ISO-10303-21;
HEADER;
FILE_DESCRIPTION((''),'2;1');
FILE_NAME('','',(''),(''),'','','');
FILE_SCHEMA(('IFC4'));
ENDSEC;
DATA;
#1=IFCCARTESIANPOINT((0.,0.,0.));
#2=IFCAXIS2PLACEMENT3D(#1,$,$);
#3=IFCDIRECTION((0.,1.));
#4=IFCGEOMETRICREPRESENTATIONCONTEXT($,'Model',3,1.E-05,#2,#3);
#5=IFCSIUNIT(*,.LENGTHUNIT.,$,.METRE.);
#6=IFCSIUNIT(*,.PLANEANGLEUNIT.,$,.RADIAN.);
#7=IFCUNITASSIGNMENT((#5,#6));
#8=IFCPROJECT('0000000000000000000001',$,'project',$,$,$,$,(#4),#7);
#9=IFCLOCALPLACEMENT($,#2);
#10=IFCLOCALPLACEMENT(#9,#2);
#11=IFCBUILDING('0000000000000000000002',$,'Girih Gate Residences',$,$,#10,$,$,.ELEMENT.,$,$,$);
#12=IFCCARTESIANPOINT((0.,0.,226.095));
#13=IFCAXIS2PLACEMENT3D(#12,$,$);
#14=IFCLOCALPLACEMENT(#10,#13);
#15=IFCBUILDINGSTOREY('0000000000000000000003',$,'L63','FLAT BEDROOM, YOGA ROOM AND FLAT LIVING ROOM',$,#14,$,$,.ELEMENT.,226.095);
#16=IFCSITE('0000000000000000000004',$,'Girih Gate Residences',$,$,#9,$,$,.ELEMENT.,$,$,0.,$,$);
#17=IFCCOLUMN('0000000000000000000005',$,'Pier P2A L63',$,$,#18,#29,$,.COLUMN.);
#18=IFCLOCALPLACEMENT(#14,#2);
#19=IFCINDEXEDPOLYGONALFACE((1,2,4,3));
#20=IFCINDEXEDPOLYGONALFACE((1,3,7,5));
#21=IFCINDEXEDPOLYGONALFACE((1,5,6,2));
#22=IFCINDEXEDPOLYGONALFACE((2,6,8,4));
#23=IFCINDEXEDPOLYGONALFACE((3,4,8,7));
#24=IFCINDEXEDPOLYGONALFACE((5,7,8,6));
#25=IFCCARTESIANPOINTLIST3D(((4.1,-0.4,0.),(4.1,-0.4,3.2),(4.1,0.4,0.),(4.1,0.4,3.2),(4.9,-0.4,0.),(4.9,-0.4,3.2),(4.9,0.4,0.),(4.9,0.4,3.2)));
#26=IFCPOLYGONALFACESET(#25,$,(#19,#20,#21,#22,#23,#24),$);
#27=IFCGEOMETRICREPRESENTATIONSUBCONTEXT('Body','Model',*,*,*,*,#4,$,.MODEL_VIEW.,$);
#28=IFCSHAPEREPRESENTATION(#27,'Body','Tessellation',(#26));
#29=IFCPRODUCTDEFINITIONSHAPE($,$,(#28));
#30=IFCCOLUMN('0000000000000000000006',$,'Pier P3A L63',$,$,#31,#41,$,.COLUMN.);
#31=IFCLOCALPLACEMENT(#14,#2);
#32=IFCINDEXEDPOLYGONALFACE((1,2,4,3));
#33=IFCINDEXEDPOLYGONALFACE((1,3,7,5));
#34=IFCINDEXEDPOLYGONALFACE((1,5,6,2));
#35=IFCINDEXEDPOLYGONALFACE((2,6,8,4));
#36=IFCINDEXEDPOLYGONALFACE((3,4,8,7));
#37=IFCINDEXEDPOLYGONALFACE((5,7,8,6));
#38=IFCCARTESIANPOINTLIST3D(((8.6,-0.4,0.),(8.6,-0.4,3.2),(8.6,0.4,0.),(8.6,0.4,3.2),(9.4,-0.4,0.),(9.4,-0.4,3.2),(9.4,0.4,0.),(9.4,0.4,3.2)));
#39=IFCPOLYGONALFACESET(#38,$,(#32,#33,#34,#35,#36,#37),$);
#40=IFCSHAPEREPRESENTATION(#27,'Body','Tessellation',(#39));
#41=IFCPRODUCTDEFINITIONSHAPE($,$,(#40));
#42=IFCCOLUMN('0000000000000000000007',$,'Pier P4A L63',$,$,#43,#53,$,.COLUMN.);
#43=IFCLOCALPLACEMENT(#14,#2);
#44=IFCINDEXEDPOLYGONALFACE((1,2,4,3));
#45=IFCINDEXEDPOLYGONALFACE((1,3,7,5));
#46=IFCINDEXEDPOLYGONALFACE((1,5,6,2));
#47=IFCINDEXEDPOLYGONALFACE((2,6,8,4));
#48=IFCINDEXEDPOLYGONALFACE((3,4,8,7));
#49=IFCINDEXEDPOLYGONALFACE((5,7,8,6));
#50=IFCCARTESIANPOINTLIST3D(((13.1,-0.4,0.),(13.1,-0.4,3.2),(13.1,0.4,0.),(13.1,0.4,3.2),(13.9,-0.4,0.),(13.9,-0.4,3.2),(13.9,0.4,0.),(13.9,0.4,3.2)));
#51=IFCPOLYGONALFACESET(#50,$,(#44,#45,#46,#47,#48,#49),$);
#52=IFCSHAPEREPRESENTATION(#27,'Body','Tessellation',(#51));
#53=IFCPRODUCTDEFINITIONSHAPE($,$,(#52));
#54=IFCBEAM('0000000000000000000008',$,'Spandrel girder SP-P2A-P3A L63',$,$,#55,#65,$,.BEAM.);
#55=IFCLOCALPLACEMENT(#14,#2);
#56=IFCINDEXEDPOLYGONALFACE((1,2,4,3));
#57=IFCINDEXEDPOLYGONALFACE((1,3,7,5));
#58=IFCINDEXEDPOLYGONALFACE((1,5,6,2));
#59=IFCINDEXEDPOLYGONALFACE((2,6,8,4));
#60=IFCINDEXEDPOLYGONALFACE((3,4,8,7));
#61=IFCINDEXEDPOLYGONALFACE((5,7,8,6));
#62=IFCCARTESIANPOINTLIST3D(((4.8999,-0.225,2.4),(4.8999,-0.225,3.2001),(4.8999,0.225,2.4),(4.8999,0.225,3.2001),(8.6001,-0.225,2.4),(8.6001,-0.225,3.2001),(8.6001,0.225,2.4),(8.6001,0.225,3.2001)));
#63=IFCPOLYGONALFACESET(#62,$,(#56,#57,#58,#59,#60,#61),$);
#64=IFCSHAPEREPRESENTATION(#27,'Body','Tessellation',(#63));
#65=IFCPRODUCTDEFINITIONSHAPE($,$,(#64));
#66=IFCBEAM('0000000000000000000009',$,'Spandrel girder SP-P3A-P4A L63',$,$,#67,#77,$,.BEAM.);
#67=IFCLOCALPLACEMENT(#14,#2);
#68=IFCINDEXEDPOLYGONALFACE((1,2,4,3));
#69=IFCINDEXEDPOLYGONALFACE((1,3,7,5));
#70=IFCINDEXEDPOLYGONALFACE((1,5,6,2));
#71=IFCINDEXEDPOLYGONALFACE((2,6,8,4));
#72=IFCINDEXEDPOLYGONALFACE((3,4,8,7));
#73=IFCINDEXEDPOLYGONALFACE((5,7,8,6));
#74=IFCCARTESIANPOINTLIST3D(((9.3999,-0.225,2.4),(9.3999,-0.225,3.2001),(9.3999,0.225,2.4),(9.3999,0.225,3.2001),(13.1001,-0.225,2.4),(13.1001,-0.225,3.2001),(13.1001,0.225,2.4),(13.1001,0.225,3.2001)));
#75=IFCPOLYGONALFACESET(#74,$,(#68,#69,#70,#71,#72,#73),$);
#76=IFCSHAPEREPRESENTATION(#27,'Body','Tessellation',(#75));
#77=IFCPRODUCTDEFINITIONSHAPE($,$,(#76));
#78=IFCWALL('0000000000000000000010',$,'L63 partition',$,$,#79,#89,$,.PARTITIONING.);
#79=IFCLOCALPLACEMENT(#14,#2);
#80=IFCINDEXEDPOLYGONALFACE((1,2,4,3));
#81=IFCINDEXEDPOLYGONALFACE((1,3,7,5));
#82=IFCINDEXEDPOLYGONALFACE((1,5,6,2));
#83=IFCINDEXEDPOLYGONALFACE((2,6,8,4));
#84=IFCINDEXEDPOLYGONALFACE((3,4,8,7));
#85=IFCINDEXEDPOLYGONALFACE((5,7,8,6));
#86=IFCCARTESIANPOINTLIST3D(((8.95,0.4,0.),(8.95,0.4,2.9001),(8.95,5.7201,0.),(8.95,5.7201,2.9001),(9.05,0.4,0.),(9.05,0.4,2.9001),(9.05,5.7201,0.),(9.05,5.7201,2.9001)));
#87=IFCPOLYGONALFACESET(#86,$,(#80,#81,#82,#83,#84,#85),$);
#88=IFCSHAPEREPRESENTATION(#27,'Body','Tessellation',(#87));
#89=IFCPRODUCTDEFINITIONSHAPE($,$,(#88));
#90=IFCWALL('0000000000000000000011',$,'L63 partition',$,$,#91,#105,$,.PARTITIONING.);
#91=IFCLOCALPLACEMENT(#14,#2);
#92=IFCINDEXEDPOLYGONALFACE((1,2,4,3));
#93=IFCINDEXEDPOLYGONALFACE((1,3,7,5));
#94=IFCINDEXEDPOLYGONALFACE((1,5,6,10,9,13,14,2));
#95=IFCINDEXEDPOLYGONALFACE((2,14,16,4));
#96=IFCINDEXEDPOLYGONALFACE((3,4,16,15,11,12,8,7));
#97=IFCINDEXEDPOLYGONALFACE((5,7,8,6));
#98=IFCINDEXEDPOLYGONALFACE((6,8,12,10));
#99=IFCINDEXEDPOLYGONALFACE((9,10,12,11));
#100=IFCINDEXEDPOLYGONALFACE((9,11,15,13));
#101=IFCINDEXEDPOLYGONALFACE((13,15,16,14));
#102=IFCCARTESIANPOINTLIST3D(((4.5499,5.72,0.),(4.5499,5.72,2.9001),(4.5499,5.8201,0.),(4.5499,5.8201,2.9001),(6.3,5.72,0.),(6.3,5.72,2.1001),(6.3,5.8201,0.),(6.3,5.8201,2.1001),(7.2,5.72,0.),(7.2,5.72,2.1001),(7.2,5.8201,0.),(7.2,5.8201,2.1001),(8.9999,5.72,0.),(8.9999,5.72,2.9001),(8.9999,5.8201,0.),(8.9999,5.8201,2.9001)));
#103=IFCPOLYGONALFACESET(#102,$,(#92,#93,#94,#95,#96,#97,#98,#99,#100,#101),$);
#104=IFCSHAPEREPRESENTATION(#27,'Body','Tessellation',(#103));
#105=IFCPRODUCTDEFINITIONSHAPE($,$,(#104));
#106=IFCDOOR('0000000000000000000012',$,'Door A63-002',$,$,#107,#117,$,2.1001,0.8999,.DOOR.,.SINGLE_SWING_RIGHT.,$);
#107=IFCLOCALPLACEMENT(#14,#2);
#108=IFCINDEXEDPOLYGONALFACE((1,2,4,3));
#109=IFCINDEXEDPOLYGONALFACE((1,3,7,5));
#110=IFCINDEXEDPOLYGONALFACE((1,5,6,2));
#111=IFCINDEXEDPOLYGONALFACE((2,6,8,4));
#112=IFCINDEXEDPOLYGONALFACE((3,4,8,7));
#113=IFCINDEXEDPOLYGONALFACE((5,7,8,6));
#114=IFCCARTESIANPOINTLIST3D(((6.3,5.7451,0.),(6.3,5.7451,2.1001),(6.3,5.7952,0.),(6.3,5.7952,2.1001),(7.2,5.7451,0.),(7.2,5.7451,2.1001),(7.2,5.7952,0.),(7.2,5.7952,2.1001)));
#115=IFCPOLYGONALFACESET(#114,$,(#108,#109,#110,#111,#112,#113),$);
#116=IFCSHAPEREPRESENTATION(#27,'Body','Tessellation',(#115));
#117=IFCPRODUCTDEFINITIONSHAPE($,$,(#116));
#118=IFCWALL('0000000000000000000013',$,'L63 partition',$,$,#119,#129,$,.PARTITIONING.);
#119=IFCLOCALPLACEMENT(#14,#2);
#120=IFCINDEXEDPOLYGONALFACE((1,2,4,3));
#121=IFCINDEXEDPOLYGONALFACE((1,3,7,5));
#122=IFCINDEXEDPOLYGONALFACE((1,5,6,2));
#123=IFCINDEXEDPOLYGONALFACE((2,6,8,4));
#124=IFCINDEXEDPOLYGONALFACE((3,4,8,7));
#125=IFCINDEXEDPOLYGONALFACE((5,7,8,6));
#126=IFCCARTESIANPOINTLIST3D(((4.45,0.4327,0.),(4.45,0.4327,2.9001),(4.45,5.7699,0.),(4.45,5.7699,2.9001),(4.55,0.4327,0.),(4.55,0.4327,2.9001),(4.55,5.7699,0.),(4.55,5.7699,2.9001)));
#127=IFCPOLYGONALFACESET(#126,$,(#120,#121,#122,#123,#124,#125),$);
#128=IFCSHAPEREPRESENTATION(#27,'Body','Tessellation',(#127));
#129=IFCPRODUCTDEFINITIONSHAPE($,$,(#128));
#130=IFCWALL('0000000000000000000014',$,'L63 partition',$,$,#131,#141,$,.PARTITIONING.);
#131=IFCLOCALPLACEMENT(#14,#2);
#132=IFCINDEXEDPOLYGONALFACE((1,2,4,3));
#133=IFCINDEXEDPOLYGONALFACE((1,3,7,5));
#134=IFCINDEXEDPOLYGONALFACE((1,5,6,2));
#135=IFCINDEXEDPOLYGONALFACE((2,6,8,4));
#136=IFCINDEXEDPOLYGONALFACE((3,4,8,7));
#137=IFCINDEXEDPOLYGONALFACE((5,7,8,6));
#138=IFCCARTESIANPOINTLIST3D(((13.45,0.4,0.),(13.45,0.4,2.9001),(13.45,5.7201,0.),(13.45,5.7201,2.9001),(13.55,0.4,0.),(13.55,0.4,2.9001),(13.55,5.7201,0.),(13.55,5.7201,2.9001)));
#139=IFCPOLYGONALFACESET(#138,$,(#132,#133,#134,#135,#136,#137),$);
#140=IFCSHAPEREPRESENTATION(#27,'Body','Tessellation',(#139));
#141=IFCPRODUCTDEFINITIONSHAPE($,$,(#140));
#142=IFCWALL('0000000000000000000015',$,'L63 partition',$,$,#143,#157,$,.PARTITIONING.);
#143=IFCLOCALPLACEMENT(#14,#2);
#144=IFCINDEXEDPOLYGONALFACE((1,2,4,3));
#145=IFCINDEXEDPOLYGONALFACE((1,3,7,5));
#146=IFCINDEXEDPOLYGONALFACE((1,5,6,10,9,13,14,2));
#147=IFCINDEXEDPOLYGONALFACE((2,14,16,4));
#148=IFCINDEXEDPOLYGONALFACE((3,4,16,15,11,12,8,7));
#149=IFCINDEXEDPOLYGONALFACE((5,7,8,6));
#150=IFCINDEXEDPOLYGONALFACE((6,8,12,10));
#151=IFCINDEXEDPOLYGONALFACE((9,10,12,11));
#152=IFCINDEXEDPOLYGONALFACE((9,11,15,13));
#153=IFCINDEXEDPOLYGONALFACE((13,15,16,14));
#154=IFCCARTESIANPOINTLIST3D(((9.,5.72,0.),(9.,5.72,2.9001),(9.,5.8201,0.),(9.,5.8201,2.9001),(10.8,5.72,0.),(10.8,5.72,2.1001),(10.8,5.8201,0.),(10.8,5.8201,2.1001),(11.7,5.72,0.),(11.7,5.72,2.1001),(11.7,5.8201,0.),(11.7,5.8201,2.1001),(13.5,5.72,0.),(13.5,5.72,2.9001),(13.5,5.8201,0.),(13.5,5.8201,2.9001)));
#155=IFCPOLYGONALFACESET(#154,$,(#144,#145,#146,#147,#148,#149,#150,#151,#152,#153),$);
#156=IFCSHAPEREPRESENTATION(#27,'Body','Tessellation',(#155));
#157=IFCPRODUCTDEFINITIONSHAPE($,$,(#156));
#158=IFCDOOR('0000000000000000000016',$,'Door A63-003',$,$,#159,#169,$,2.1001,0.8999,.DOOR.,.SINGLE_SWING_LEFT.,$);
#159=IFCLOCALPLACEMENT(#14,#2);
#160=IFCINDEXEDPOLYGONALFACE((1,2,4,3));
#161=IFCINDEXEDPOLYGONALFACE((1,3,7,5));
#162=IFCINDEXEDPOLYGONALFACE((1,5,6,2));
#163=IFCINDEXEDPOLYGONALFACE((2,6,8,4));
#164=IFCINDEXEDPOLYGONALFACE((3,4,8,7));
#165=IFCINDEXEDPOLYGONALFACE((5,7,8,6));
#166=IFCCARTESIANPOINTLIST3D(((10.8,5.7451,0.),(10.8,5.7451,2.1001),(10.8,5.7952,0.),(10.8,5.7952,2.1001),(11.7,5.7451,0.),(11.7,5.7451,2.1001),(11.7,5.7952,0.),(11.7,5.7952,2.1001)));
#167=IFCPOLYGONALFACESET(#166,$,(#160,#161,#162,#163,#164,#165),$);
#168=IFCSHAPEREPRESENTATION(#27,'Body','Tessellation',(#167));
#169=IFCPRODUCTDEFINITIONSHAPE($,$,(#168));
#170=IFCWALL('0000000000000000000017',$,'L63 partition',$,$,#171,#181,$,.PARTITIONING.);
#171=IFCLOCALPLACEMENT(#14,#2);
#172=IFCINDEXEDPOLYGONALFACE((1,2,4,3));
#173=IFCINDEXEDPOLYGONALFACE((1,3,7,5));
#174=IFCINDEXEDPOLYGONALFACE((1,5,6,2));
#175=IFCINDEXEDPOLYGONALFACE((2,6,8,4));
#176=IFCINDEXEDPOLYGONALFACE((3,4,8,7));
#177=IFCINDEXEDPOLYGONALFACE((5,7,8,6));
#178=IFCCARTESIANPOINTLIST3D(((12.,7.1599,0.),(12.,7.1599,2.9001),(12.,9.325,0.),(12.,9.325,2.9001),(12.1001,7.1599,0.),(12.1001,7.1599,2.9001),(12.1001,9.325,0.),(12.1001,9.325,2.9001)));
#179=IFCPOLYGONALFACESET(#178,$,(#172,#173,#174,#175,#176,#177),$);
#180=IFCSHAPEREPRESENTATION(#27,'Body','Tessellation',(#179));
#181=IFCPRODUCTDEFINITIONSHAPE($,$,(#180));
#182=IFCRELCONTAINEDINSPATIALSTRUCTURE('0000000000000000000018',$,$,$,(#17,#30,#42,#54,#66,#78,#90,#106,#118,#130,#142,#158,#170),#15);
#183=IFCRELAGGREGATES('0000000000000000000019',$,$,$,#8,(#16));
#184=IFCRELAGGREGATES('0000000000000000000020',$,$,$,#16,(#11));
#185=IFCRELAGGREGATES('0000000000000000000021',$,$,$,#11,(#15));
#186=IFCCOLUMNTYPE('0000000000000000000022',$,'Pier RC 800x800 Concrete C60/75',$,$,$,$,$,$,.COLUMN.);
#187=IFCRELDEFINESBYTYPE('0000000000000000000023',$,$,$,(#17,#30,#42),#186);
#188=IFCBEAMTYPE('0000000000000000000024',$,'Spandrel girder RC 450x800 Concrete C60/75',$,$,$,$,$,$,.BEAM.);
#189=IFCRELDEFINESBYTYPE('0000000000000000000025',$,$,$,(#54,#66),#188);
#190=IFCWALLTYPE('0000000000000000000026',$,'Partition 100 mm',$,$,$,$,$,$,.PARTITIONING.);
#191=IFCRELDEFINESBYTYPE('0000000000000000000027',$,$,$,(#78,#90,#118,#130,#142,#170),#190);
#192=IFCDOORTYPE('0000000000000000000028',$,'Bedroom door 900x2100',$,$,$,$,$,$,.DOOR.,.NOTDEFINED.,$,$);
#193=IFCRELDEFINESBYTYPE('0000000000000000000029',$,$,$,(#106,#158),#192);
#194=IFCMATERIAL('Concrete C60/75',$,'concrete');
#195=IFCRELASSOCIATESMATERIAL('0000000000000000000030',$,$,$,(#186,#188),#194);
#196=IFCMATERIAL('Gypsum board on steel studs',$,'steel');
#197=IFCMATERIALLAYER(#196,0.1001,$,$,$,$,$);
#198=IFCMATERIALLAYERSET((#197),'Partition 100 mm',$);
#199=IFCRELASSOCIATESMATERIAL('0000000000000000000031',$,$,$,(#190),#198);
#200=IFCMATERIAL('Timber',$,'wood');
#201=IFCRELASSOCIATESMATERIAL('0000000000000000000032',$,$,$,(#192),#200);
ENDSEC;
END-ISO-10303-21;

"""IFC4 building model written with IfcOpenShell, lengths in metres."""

from ifc_helpers import new_model, si_unit, direction, frame, frame_2d, origin, origin_2d, place, context, subcontext, project, spatial, rectangle, extrude, material, layer, layer_set, material_profile, profile_set, type_object, element, fill, save


model = new_model("IFC4")

# Units and contexts
model_context = context("Model", 3, precision=1e-05, world=origin(), true_north=direction((0.0, 1.0)))
body_context = subcontext(model_context, "Body", "Model", "MODEL_VIEW")
ifc_project = project(units=[si_unit("LENGTHUNIT", "METRE"), si_unit("PLANEANGLEUNIT", "RADIAN")], contexts=[model_context])

# Site, building, storey
site_placement = place(None, origin())
site = spatial("IfcSite", under=ifc_project, at=site_placement, Name="Girih Gate Residences", CompositionType="ELEMENT", RefElevation=0.0)
building_placement = place(site_placement, origin())
building = spatial("IfcBuilding", under=site, at=building_placement, Name="Girih Gate Residences", CompositionType="ELEMENT")
storey_placement = place(building_placement, frame((0.0, 0.0, 226.095)))
storey = spatial("IfcBuildingStorey", under=building, at=storey_placement, Name="L63", Description="FLAT BEDROOM, YOGA ROOM AND FLAT LIVING ROOM", CompositionType="ELEMENT", Elevation=226.095)

# Columns
ifc_material_1 = material(Name="Concrete C60/75", Category="concrete")
ifc_material_profile_1 = material_profile(ifc_material_1, rectangle(XDim=0.8, YDim=0.8, at=origin_2d()))
ifc_profile_set_1 = profile_set([ifc_material_profile_1], Name="Concrete C60/75")
column_type = type_object("IfcColumnType", Name="Pier RC 800x800 Concrete C60/75", PredefinedType="COLUMN", material=ifc_profile_set_1)
for number, where, z_axis, x_axis, name in (
    (1, (4.5, 0.0, 0.0), (0.0, 0.0, 1.0), (1.0, 0.0, 0.0), "Pier P2A L63"),
    (2, (9.0, 0.0, 0.0), (0.0, 0.0, 1.0), (1.0, 0.0, 0.0), "Pier P3A L63"),
    (3, (13.5, 0.0, 0.0), (0.0, 0.0, 1.0), (1.0, 0.0, 0.0), "Pier P4A L63"),
):
    element("IfcColumn", number, at=place(storey_placement, frame(where, z_axis=z_axis, x_axis=x_axis)), inside=storey, type_object=column_type, Name=name, PredefinedType="COLUMN", context=body_context, shape_type="SweptSolid", body=[
        extrude(rectangle(XDim=0.8, YDim=0.8, at=origin_2d()), origin(), (0.0, 0.0, 1.0), 3.2),
    ])

# Beams
ifc_material_profile_2 = material_profile(ifc_material_1, rectangle(XDim=0.45, YDim=0.8, at=origin_2d()))
ifc_profile_set_2 = profile_set([ifc_material_profile_2], Name="Concrete C60/75")
beam_type = type_object("IfcBeamType", Name="Spandrel girder RC 450x800 Concrete C60/75", PredefinedType="BEAM", material=ifc_profile_set_2)
for number, where, z_axis, x_axis, name in (
    (4, (4.8999, 0.0, 2.8), (1.0, 0.0, 0.0), (0.0, 1.0, 0.0), "Spandrel girder SP-P2A-P3A L63"),
    (5, (9.3999, 0.0, 2.8), (1.0, 0.0, 0.0), (0.0, 1.0, 0.0), "Spandrel girder SP-P3A-P4A L63"),
):
    element("IfcBeam", number, at=place(storey_placement, frame(where, z_axis=z_axis, x_axis=x_axis)), inside=storey, type_object=beam_type, Name=name, PredefinedType="BEAM", context=body_context, shape_type="SweptSolid", body=[
        extrude(rectangle(XDim=0.45, YDim=0.8, at=origin_2d()), origin(), (0.0, 0.0, 1.0), 3.7002),
    ])

# Wall
ifc_material_2 = material(Name="Gypsum board on steel studs", Category="steel")
ifc_layer_1 = layer(ifc_material_2, 0.1001)
ifc_layer_set_1 = layer_set([ifc_layer_1], Name="Partition 100 mm")
wall_type_1 = type_object("IfcWallType", Name="Partition 100 mm", PredefinedType="PARTITIONING", material=ifc_layer_set_1)
wall_1_placement = place(storey_placement, frame((9.0, 0.3999, 0.0), z_axis=(0.0, 0.0, 1.0), x_axis=(0.0, 1.0, 0.0)))
element("IfcWall", 6, at=wall_1_placement, inside=storey, type_object=wall_type_1, Name="L63 partition", PredefinedType="PARTITIONING", context=body_context, shape_type="SweptSolid", body=[
    extrude(rectangle(XDim=5.3201, YDim=0.1001, at=frame_2d((2.6602, 0.0))), origin(), (0.0, 0.0, 1.0), 2.9001),
])

# Wall, opening, door
wall_2_placement = place(storey_placement, frame((9.0, 5.77, 0.0), z_axis=(0.0, 0.0, 1.0), x_axis=(-1.0, 0.0, 0.0)))
wall_2 = element("IfcWall", 7, at=wall_2_placement, inside=storey, type_object=wall_type_1, Name="L63 partition", PredefinedType="PARTITIONING", context=body_context, shape_type="SweptSolid", body=[
    extrude(rectangle(XDim=4.45, YDim=0.1001, at=frame_2d((2.2251, 0.0))), origin(), (0.0, 0.0, 1.0), 2.9001),
])
opening_1_placement = place(wall_2_placement, frame((1.8, 0.0, 0.0)))
opening_1 = element("IfcOpeningElement", 8, at=opening_1_placement, cuts=wall_2, PredefinedType="OPENING", context=body_context, shape_type="SweptSolid", body=[
    extrude(rectangle(XDim=0.8999, YDim=2.1001, at=frame_2d((0.45, 1.05))), frame((0.0, 0.0601, 0.0), z_axis=(0.0, -1.0, 0.0), x_axis=(1.0, 0.0, 0.0)), (0.0, 0.0, 1.0), 0.1201),
])
ifc_material_3 = material(Name="Timber", Category="wood")
door_type_1 = type_object("IfcDoorType", Name="Bedroom door 900x2100", OperationType="NOTDEFINED", PredefinedType="DOOR", material=ifc_material_3)
door_1_placement = place(opening_1_placement, origin())
door_1 = element("IfcDoor", 9, at=door_1_placement, inside=storey, type_object=door_type_1, Name="Door A63-002", OperationType="SINGLE_SWING_RIGHT", OverallHeight=2.1001, OverallWidth=0.8999, PredefinedType="DOOR", context=body_context, shape_type="SweptSolid", body=[
    extrude(rectangle(XDim=0.8999, YDim=2.1001, at=frame_2d((0.45, 1.05))), frame((0.0, 0.0249, 0.0), z_axis=(0.0, -1.0, 0.0), x_axis=(1.0, 0.0, 0.0)), (0.0, 0.0, 1.0), 0.05),
])
fill(opening_1, door_1)

# Walls
wall_3_placement = place(storey_placement, frame((4.5, 0.4329, 0.0), z_axis=(0.0, 0.0, 1.0), x_axis=(0.0, 1.0, 0.0)))
element("IfcWall", 10, at=wall_3_placement, inside=storey, type_object=wall_type_1, Name="L63 partition", PredefinedType="PARTITIONING", context=body_context, shape_type="SweptSolid", body=[
    extrude(rectangle(XDim=5.3372, YDim=0.1001, at=frame_2d((2.6685, 0.0))), origin(), (0.0, 0.0, 1.0), 2.9001),
])
wall_4_placement = place(storey_placement, frame((13.5, 0.3999, 0.0), z_axis=(0.0, 0.0, 1.0), x_axis=(0.0, 1.0, 0.0)))
element("IfcWall", 11, at=wall_4_placement, inside=storey, type_object=wall_type_1, Name="L63 partition", PredefinedType="PARTITIONING", context=body_context, shape_type="SweptSolid", body=[
    extrude(rectangle(XDim=5.3201, YDim=0.1001, at=frame_2d((2.6602, 0.0))), origin(), (0.0, 0.0, 1.0), 2.9001),
])

# Wall, opening, door
wall_5_placement = place(storey_placement, frame((13.5, 5.77, 0.0), z_axis=(0.0, 0.0, 1.0), x_axis=(-1.0, 0.0, 0.0)))
wall_5 = element("IfcWall", 12, at=wall_5_placement, inside=storey, type_object=wall_type_1, Name="L63 partition", PredefinedType="PARTITIONING", context=body_context, shape_type="SweptSolid", body=[
    extrude(rectangle(XDim=4.5, YDim=0.1001, at=frame_2d((2.25, 0.0))), origin(), (0.0, 0.0, 1.0), 2.9001),
])
opening_2_placement = place(wall_5_placement, frame((1.8, 0.0, 0.0)))
opening_2 = element("IfcOpeningElement", 13, at=opening_2_placement, cuts=wall_5, PredefinedType="OPENING", context=body_context, shape_type="SweptSolid", body=[
    extrude(rectangle(XDim=0.8999, YDim=2.1001, at=frame_2d((0.45, 1.05))), frame((0.0, 0.0601, 0.0), z_axis=(0.0, -1.0, 0.0), x_axis=(1.0, 0.0, 0.0)), (0.0, 0.0, 1.0), 0.1201),
])
door_2_placement = place(opening_2_placement, origin())
door_2 = element("IfcDoor", 14, at=door_2_placement, inside=storey, type_object=door_type_1, Name="Door A63-003", OperationType="SINGLE_SWING_LEFT", OverallHeight=2.1001, OverallWidth=0.8999, PredefinedType="DOOR", context=body_context, shape_type="SweptSolid", body=[
    extrude(rectangle(XDim=0.8999, YDim=2.1001, at=frame_2d((0.45, 1.05))), frame((0.0, 0.0249, 0.0), z_axis=(0.0, -1.0, 0.0), x_axis=(1.0, 0.0, 0.0)), (0.0, 0.0, 1.0), 0.05),
])
fill(opening_2, door_2)

# Wall
wall_6_placement = place(storey_placement, frame((12.05, 7.1599, 0.0), z_axis=(0.0, 0.0, 1.0), x_axis=(0.0, 1.0, 0.0)))
element("IfcWall", 15, at=wall_6_placement, inside=storey, type_object=wall_type_1, Name="L63 partition", PredefinedType="PARTITIONING", context=body_context, shape_type="SweptSolid", body=[
    extrude(rectangle(XDim=2.165, YDim=0.1001, at=frame_2d((1.0825, 0.0))), origin(), (0.0, 0.0, 1.0), 2.9001),
])

save(model, "model.ifc")
